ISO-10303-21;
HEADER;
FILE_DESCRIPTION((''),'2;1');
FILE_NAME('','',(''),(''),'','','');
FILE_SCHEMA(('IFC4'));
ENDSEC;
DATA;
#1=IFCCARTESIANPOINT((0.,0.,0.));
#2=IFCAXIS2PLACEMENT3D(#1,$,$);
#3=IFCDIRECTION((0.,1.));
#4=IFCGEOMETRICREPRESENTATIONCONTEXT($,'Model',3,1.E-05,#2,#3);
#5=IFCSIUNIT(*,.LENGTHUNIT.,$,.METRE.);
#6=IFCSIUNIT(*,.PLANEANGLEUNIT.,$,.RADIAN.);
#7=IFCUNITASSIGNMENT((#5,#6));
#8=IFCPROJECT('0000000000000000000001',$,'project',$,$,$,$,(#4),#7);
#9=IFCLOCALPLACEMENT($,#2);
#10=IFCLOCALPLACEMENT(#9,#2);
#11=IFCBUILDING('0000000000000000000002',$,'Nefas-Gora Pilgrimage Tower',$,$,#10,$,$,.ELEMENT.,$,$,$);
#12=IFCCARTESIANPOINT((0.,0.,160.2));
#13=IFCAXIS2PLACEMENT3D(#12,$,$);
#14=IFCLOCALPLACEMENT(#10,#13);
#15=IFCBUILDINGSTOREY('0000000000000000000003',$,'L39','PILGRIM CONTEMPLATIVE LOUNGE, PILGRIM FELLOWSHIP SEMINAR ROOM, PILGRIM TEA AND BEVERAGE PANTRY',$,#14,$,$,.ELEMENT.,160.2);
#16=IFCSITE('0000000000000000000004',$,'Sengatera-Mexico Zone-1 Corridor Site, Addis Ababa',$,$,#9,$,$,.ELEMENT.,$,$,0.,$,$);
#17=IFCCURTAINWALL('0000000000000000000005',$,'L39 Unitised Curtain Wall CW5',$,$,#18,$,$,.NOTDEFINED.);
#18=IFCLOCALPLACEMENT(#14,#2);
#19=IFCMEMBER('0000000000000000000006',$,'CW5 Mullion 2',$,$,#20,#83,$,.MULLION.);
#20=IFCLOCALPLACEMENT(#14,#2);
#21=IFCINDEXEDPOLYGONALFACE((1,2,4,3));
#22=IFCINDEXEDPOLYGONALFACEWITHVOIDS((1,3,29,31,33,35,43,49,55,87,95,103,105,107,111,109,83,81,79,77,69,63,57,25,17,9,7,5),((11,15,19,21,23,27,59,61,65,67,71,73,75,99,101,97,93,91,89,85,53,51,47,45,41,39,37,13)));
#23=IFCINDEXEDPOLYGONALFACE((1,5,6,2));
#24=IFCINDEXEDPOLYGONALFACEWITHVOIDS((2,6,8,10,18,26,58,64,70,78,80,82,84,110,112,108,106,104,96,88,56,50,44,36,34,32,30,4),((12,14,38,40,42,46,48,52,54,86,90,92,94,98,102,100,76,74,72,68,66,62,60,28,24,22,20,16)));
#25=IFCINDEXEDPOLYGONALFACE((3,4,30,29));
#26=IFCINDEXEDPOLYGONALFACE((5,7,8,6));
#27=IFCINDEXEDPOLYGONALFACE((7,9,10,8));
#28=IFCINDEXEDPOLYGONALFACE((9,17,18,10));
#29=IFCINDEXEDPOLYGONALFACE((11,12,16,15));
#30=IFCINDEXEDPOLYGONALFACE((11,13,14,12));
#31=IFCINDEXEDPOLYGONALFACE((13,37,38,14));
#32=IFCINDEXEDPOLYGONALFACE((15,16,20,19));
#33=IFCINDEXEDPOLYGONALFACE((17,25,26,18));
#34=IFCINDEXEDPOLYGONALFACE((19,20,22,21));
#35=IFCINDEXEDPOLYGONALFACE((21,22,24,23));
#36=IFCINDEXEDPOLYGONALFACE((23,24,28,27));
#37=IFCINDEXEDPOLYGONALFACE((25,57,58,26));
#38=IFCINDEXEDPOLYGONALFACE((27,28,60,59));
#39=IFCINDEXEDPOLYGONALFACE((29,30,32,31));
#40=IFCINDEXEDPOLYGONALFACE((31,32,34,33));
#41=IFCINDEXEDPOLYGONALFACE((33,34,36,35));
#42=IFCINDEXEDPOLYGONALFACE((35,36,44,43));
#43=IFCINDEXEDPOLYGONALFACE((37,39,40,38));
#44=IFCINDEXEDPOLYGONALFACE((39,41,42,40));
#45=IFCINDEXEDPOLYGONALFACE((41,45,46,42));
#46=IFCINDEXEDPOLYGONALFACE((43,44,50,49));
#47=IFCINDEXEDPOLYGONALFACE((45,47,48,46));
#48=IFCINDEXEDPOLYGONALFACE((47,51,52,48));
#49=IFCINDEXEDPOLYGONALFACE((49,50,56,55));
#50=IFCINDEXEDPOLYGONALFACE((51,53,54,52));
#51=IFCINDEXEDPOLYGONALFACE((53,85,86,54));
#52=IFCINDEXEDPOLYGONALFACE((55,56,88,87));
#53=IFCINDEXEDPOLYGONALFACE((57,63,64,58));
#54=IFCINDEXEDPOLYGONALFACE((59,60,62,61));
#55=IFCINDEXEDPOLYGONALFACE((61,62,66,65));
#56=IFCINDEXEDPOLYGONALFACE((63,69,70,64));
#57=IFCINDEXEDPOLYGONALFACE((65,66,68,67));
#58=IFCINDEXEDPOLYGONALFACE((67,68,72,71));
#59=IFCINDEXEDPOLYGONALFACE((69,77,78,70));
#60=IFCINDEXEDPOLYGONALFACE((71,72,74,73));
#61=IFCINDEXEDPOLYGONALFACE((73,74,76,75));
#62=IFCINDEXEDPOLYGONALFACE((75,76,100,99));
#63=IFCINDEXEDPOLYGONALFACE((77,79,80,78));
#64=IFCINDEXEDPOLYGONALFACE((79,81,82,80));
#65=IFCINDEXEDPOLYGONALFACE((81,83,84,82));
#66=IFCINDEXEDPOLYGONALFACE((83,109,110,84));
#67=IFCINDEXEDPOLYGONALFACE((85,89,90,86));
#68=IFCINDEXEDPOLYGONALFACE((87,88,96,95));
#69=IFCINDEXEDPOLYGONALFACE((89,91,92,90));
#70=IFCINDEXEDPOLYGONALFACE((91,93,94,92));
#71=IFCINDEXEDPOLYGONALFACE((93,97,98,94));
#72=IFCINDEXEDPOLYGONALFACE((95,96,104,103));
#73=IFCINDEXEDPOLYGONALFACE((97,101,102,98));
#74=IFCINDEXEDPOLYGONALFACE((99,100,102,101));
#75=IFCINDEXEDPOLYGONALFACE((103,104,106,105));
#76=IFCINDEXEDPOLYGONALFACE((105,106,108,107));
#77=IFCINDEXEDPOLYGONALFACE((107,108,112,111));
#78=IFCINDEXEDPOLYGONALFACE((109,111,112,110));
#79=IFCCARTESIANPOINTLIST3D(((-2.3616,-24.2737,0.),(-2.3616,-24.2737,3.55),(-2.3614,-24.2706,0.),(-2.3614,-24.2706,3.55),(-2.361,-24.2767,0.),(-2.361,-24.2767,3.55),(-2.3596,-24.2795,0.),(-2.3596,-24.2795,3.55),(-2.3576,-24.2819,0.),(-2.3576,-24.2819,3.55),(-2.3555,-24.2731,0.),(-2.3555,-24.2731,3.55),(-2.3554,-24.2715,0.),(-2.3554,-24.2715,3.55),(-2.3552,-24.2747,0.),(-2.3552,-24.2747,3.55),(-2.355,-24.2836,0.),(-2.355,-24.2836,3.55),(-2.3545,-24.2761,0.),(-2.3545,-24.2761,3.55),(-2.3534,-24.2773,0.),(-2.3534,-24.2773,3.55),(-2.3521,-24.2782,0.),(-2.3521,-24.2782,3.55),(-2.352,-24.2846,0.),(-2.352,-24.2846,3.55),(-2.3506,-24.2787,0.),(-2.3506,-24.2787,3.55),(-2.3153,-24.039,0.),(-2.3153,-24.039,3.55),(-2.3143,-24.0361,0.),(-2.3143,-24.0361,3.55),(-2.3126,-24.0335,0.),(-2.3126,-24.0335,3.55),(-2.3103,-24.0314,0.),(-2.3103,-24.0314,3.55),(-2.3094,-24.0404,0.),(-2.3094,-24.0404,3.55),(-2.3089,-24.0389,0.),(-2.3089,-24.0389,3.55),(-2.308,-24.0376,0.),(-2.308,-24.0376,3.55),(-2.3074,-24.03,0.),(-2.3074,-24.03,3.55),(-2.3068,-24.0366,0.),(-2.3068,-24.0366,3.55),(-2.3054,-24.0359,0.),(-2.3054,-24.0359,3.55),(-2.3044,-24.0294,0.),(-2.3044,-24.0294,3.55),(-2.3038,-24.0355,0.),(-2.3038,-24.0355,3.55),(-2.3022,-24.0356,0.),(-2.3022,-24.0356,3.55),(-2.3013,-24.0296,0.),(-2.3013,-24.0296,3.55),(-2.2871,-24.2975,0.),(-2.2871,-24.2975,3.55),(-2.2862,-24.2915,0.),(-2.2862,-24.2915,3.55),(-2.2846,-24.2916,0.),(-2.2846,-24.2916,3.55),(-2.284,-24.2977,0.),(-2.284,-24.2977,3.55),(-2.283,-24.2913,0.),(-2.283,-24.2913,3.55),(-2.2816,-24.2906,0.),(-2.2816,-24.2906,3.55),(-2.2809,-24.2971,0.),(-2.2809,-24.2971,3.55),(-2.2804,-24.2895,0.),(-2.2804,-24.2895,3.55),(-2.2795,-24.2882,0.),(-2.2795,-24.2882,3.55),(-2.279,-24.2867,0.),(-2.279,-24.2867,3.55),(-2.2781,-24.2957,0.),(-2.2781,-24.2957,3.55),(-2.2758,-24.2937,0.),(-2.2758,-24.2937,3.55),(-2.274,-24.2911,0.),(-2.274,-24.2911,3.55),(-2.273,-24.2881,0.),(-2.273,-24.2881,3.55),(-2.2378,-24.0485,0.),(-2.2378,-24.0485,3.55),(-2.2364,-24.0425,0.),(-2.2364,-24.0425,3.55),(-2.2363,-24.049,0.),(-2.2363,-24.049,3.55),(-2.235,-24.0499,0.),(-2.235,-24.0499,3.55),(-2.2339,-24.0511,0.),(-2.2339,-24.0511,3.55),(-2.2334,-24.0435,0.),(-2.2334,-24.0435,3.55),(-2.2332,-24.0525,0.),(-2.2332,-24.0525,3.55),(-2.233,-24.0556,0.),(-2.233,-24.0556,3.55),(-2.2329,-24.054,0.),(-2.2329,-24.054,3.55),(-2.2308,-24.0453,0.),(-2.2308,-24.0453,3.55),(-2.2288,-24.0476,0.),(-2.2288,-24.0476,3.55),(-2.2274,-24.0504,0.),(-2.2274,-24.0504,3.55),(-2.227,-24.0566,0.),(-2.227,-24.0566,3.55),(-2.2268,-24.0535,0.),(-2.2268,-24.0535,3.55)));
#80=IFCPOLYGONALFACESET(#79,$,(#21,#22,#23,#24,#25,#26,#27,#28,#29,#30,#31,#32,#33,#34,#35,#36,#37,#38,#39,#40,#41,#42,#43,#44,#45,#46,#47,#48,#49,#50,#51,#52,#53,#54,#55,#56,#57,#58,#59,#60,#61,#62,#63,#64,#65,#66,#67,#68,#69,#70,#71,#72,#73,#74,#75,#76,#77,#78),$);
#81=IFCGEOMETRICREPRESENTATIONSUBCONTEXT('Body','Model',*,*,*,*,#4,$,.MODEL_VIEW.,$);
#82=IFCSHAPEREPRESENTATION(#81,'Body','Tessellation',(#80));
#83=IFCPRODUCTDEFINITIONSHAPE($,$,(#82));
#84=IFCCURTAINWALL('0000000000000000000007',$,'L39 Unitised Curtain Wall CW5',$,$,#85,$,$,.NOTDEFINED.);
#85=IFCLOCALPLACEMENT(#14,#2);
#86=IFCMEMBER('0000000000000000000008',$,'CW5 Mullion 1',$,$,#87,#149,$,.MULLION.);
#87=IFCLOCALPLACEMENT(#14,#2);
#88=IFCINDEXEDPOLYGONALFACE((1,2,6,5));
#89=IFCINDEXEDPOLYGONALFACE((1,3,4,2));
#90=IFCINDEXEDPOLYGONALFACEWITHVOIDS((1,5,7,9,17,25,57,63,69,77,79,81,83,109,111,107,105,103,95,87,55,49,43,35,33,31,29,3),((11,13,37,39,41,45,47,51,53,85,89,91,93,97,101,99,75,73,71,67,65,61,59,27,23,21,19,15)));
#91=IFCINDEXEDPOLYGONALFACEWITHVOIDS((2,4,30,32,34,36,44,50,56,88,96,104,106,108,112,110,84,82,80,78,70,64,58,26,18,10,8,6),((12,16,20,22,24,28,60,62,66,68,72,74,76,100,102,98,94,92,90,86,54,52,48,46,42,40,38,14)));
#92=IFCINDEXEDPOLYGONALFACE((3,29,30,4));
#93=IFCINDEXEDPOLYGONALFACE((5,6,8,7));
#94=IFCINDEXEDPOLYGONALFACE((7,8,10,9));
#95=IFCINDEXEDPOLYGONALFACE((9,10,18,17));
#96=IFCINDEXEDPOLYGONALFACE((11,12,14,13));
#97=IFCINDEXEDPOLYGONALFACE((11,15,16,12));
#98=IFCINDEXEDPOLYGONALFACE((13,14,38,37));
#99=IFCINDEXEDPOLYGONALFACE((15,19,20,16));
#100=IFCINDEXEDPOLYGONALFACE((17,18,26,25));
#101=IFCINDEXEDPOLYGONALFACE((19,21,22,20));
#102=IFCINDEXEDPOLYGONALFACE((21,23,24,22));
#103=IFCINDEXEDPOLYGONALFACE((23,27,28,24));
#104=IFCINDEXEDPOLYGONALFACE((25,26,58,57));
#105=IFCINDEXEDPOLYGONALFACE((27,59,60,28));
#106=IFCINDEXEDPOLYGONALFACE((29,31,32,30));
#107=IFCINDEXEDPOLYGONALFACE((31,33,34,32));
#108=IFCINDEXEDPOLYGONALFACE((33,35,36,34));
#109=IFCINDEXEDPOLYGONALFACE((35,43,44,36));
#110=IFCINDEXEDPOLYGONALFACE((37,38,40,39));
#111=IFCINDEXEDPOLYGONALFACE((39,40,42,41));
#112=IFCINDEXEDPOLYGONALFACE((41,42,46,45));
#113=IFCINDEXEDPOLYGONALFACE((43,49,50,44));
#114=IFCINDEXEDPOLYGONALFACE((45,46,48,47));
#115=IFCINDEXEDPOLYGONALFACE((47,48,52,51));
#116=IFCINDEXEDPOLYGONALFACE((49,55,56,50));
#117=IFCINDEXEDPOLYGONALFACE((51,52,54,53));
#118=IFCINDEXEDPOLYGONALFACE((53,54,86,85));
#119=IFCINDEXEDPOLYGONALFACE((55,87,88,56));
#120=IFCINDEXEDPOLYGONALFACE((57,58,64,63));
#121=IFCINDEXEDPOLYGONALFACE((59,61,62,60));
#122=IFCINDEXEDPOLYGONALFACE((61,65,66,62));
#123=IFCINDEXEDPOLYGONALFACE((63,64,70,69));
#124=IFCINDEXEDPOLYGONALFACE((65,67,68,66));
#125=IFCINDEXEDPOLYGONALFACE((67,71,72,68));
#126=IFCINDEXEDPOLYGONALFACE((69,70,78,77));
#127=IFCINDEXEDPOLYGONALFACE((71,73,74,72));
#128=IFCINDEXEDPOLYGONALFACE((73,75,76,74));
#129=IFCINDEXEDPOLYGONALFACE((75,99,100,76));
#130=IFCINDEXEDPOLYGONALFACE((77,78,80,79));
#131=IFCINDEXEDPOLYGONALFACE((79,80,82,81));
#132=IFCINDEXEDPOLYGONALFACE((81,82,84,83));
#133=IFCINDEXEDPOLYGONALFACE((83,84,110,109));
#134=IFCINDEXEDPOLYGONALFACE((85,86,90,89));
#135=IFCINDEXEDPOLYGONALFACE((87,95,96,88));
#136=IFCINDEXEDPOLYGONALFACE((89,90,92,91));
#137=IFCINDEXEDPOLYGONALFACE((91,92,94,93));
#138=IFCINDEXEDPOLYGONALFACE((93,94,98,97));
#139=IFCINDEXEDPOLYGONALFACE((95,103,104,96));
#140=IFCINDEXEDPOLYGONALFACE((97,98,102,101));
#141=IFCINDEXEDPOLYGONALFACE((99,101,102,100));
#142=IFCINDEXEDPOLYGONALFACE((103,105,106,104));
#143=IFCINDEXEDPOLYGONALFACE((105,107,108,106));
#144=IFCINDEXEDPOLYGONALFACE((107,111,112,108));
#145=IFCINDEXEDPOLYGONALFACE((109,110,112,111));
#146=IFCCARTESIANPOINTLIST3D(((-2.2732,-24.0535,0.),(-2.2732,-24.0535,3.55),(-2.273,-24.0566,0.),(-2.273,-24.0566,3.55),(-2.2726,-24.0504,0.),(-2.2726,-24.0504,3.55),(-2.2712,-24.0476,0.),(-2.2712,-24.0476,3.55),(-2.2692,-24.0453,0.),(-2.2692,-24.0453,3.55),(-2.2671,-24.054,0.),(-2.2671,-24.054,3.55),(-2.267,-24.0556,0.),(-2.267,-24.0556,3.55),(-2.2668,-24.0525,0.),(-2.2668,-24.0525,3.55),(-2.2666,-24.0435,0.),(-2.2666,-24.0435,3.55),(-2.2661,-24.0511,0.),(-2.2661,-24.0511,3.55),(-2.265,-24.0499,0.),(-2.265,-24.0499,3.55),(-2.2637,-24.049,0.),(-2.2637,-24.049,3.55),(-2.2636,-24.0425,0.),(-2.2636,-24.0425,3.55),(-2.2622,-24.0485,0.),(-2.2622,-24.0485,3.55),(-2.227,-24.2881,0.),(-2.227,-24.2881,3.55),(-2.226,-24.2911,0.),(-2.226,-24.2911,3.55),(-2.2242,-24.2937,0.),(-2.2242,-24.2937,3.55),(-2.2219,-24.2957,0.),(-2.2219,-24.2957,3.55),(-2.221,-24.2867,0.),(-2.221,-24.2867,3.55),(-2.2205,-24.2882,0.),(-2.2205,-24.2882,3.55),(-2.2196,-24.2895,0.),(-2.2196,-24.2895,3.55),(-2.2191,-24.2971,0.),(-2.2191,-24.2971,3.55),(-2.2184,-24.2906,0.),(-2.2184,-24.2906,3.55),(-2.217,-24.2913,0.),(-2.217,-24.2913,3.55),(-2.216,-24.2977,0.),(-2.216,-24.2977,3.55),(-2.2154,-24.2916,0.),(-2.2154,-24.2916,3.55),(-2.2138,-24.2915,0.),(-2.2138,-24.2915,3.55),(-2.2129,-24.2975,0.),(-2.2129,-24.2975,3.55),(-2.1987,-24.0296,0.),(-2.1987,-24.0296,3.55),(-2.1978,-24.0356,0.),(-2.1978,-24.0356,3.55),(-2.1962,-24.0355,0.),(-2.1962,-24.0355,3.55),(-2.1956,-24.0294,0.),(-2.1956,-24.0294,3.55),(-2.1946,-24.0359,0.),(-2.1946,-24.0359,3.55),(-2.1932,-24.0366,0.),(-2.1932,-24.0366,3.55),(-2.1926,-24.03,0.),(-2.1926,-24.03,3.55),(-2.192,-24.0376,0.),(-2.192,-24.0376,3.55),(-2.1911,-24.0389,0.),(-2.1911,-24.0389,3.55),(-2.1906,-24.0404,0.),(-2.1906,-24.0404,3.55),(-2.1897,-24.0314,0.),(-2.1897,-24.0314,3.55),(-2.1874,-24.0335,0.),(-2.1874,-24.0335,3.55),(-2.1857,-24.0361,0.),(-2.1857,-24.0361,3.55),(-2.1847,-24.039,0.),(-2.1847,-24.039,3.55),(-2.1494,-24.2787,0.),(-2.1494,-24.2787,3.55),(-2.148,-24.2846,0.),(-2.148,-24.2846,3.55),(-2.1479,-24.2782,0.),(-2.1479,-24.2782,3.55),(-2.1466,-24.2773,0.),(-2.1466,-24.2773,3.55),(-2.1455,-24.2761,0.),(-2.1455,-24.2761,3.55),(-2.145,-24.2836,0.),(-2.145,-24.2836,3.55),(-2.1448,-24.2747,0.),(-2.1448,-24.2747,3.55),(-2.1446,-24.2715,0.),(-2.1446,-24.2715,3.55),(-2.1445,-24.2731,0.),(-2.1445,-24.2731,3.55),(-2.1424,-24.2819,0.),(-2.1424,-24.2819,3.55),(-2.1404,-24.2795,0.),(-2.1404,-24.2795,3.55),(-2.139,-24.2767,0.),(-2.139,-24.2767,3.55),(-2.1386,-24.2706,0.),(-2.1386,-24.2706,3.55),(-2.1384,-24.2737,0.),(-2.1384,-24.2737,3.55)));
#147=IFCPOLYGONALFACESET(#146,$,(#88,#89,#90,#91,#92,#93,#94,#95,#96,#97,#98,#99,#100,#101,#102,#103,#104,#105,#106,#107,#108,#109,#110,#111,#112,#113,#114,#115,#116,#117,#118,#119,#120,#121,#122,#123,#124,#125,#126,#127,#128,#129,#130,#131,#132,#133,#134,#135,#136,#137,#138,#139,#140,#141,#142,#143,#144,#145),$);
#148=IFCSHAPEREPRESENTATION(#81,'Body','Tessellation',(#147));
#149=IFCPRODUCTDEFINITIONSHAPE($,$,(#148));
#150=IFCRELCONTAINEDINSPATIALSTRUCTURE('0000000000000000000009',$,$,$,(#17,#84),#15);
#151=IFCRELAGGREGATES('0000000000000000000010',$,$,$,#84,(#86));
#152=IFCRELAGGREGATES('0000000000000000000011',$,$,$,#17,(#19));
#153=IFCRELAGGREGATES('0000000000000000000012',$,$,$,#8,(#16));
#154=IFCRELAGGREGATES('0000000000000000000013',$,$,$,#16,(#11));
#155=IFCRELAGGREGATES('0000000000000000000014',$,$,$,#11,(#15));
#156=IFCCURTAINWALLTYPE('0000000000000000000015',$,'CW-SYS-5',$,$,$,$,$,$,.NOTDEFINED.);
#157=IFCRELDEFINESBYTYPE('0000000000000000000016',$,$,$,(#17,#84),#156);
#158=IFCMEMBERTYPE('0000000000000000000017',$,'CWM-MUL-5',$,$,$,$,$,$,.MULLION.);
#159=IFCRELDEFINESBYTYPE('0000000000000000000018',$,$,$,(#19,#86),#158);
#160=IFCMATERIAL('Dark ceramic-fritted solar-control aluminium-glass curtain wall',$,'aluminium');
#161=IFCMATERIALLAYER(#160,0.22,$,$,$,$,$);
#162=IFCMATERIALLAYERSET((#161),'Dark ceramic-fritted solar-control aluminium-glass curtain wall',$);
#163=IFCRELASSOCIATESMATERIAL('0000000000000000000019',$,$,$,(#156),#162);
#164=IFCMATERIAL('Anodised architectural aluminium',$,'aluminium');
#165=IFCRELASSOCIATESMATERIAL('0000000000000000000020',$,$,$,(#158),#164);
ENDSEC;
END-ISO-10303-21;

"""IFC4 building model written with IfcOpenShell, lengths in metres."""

from ifc_helpers import new_model, si_unit, direction, frame, origin, origin_2d, place, context, subcontext, project, spatial, hollow_rectangle, extrude, source, transform, mapped, material, layer, layer_set, material_profile, profile_set, type_object, element, aggregate, save


model = new_model("IFC4")

# Units and contexts
model_context = context("Model", 3, precision=1e-05, world=origin(), true_north=direction((0.0, 1.0)))
body_context = subcontext(model_context, "Body", "Model", "MODEL_VIEW")
ifc_project = project(units=[si_unit("LENGTHUNIT", "METRE"), si_unit("PLANEANGLEUNIT", "RADIAN")], contexts=[model_context])

# Site, building, storey
site_placement = place(None, origin())
site = spatial("IfcSite", under=ifc_project, at=site_placement, Name="Sengatera-Mexico Zone-1 Corridor Site, Addis Ababa", CompositionType="ELEMENT", RefElevation=0.0)
building_placement = place(site_placement, origin())
building = spatial("IfcBuilding", under=site, at=building_placement, Name="Nefas-Gora Pilgrimage Tower", CompositionType="ELEMENT")
storey_placement = place(building_placement, frame((0.0, 0.0, 160.2)))
storey = spatial("IfcBuildingStorey", under=building, at=storey_placement, Name="L39", Description="PILGRIM CONTEMPLATIVE LOUNGE, PILGRIM FELLOWSHIP SEMINAR ROOM, PILGRIM TEA AND BEVERAGE PANTRY", CompositionType="ELEMENT", Elevation=160.2)

# Shared definitions
ifc_material_1 = material(Name="Dark ceramic-fritted solar-control aluminium-glass curtain wall", Category="aluminium")
ifc_layer_1 = layer(ifc_material_1, 0.22)
ifc_layer_set_1 = layer_set([ifc_layer_1], Name="Dark ceramic-fritted solar-control aluminium-glass curtain wall")
curtain_wall_type = type_object("IfcCurtainWallType", Name="CW-SYS-5", PredefinedType="NOTDEFINED", material=ifc_layer_set_1)
ifc_material_2 = material(Name="Anodised architectural aluminium", Category="aluminium")
ifc_material_profile_1 = material_profile(ifc_material_2, hollow_rectangle(XDim=0.0901, YDim=0.26, WallThickness=0.0061, InnerFilletRadius=0.0061, OuterFilletRadius=0.012, at=origin_2d()), Name="ALU MULLION 90x260")
ifc_profile_set_1 = profile_set([ifc_material_profile_1], Name="Anodised architectural aluminium")
member_type_1 = type_object("IfcMemberType", Name="CWM-MUL-5", PredefinedType="MULLION", material=ifc_profile_set_1)
shared_shape_1 = source(origin(), body_context, "Body", "SweptSolid", [
    extrude(hollow_rectangle(XDim=0.0901, YDim=0.26, WallThickness=0.0061, InnerFilletRadius=0.0061, OuterFilletRadius=0.012, at=origin_2d()), origin(), (0.0, 0.0, 1.0), 3.55),
])

# Curtain wall, member
curtain_wall_1_placement = place(storey_placement, origin())
curtain_wall_1 = element("IfcCurtainWall", 1, at=curtain_wall_1_placement, inside=storey, type_object=curtain_wall_type, Name="L39 Unitised Curtain Wall CW5", PredefinedType="NOTDEFINED")
member_1_placement = place(storey_placement, frame((-2.2942, -24.1636, 0.0), z_axis=(0.0, 0.0, 1.0), x_axis=(0.980783, -0.195102, 0.0)))
member_1 = element("IfcMember", 2, at=member_1_placement, type_object=member_type_1, Name="CW5 Mullion 2", PredefinedType="MULLION", context=body_context, shape_type="MappedRepresentation", body=[
    mapped(shared_shape_1, transform((0.0, 0.0, 0.0), x_axis=(1.0, 0.0, 0.0), y_axis=(0.0, 1.0, 0.0), z_axis=(0.0, 0.0, 1.0), scale=1.0)),
])

# Curtain wall, member
curtain_wall_2_placement = place(storey_placement, origin())
curtain_wall_2 = element("IfcCurtainWall", 3, at=curtain_wall_2_placement, inside=storey, type_object=curtain_wall_type, Name="L39 Unitised Curtain Wall CW5", PredefinedType="NOTDEFINED")
member_2_placement = place(storey_placement, frame((-2.2058, -24.1636, 0.0), z_axis=(0.0, 0.0, 1.0), x_axis=(0.980783, 0.195102, 0.0)))
member_2 = element("IfcMember", 4, at=member_2_placement, type_object=member_type_1, Name="CW5 Mullion 1", PredefinedType="MULLION", context=body_context, shape_type="MappedRepresentation", body=[
    mapped(shared_shape_1, transform((0.0, 0.0, 0.0), x_axis=(1.0, 0.0, 0.0), y_axis=(0.0, 1.0, 0.0), z_axis=(0.0, 0.0, 1.0), scale=1.0)),
])
aggregate(curtain_wall_2, [member_2])

aggregate(curtain_wall_1, [member_1])

save(model, "model.ifc")
